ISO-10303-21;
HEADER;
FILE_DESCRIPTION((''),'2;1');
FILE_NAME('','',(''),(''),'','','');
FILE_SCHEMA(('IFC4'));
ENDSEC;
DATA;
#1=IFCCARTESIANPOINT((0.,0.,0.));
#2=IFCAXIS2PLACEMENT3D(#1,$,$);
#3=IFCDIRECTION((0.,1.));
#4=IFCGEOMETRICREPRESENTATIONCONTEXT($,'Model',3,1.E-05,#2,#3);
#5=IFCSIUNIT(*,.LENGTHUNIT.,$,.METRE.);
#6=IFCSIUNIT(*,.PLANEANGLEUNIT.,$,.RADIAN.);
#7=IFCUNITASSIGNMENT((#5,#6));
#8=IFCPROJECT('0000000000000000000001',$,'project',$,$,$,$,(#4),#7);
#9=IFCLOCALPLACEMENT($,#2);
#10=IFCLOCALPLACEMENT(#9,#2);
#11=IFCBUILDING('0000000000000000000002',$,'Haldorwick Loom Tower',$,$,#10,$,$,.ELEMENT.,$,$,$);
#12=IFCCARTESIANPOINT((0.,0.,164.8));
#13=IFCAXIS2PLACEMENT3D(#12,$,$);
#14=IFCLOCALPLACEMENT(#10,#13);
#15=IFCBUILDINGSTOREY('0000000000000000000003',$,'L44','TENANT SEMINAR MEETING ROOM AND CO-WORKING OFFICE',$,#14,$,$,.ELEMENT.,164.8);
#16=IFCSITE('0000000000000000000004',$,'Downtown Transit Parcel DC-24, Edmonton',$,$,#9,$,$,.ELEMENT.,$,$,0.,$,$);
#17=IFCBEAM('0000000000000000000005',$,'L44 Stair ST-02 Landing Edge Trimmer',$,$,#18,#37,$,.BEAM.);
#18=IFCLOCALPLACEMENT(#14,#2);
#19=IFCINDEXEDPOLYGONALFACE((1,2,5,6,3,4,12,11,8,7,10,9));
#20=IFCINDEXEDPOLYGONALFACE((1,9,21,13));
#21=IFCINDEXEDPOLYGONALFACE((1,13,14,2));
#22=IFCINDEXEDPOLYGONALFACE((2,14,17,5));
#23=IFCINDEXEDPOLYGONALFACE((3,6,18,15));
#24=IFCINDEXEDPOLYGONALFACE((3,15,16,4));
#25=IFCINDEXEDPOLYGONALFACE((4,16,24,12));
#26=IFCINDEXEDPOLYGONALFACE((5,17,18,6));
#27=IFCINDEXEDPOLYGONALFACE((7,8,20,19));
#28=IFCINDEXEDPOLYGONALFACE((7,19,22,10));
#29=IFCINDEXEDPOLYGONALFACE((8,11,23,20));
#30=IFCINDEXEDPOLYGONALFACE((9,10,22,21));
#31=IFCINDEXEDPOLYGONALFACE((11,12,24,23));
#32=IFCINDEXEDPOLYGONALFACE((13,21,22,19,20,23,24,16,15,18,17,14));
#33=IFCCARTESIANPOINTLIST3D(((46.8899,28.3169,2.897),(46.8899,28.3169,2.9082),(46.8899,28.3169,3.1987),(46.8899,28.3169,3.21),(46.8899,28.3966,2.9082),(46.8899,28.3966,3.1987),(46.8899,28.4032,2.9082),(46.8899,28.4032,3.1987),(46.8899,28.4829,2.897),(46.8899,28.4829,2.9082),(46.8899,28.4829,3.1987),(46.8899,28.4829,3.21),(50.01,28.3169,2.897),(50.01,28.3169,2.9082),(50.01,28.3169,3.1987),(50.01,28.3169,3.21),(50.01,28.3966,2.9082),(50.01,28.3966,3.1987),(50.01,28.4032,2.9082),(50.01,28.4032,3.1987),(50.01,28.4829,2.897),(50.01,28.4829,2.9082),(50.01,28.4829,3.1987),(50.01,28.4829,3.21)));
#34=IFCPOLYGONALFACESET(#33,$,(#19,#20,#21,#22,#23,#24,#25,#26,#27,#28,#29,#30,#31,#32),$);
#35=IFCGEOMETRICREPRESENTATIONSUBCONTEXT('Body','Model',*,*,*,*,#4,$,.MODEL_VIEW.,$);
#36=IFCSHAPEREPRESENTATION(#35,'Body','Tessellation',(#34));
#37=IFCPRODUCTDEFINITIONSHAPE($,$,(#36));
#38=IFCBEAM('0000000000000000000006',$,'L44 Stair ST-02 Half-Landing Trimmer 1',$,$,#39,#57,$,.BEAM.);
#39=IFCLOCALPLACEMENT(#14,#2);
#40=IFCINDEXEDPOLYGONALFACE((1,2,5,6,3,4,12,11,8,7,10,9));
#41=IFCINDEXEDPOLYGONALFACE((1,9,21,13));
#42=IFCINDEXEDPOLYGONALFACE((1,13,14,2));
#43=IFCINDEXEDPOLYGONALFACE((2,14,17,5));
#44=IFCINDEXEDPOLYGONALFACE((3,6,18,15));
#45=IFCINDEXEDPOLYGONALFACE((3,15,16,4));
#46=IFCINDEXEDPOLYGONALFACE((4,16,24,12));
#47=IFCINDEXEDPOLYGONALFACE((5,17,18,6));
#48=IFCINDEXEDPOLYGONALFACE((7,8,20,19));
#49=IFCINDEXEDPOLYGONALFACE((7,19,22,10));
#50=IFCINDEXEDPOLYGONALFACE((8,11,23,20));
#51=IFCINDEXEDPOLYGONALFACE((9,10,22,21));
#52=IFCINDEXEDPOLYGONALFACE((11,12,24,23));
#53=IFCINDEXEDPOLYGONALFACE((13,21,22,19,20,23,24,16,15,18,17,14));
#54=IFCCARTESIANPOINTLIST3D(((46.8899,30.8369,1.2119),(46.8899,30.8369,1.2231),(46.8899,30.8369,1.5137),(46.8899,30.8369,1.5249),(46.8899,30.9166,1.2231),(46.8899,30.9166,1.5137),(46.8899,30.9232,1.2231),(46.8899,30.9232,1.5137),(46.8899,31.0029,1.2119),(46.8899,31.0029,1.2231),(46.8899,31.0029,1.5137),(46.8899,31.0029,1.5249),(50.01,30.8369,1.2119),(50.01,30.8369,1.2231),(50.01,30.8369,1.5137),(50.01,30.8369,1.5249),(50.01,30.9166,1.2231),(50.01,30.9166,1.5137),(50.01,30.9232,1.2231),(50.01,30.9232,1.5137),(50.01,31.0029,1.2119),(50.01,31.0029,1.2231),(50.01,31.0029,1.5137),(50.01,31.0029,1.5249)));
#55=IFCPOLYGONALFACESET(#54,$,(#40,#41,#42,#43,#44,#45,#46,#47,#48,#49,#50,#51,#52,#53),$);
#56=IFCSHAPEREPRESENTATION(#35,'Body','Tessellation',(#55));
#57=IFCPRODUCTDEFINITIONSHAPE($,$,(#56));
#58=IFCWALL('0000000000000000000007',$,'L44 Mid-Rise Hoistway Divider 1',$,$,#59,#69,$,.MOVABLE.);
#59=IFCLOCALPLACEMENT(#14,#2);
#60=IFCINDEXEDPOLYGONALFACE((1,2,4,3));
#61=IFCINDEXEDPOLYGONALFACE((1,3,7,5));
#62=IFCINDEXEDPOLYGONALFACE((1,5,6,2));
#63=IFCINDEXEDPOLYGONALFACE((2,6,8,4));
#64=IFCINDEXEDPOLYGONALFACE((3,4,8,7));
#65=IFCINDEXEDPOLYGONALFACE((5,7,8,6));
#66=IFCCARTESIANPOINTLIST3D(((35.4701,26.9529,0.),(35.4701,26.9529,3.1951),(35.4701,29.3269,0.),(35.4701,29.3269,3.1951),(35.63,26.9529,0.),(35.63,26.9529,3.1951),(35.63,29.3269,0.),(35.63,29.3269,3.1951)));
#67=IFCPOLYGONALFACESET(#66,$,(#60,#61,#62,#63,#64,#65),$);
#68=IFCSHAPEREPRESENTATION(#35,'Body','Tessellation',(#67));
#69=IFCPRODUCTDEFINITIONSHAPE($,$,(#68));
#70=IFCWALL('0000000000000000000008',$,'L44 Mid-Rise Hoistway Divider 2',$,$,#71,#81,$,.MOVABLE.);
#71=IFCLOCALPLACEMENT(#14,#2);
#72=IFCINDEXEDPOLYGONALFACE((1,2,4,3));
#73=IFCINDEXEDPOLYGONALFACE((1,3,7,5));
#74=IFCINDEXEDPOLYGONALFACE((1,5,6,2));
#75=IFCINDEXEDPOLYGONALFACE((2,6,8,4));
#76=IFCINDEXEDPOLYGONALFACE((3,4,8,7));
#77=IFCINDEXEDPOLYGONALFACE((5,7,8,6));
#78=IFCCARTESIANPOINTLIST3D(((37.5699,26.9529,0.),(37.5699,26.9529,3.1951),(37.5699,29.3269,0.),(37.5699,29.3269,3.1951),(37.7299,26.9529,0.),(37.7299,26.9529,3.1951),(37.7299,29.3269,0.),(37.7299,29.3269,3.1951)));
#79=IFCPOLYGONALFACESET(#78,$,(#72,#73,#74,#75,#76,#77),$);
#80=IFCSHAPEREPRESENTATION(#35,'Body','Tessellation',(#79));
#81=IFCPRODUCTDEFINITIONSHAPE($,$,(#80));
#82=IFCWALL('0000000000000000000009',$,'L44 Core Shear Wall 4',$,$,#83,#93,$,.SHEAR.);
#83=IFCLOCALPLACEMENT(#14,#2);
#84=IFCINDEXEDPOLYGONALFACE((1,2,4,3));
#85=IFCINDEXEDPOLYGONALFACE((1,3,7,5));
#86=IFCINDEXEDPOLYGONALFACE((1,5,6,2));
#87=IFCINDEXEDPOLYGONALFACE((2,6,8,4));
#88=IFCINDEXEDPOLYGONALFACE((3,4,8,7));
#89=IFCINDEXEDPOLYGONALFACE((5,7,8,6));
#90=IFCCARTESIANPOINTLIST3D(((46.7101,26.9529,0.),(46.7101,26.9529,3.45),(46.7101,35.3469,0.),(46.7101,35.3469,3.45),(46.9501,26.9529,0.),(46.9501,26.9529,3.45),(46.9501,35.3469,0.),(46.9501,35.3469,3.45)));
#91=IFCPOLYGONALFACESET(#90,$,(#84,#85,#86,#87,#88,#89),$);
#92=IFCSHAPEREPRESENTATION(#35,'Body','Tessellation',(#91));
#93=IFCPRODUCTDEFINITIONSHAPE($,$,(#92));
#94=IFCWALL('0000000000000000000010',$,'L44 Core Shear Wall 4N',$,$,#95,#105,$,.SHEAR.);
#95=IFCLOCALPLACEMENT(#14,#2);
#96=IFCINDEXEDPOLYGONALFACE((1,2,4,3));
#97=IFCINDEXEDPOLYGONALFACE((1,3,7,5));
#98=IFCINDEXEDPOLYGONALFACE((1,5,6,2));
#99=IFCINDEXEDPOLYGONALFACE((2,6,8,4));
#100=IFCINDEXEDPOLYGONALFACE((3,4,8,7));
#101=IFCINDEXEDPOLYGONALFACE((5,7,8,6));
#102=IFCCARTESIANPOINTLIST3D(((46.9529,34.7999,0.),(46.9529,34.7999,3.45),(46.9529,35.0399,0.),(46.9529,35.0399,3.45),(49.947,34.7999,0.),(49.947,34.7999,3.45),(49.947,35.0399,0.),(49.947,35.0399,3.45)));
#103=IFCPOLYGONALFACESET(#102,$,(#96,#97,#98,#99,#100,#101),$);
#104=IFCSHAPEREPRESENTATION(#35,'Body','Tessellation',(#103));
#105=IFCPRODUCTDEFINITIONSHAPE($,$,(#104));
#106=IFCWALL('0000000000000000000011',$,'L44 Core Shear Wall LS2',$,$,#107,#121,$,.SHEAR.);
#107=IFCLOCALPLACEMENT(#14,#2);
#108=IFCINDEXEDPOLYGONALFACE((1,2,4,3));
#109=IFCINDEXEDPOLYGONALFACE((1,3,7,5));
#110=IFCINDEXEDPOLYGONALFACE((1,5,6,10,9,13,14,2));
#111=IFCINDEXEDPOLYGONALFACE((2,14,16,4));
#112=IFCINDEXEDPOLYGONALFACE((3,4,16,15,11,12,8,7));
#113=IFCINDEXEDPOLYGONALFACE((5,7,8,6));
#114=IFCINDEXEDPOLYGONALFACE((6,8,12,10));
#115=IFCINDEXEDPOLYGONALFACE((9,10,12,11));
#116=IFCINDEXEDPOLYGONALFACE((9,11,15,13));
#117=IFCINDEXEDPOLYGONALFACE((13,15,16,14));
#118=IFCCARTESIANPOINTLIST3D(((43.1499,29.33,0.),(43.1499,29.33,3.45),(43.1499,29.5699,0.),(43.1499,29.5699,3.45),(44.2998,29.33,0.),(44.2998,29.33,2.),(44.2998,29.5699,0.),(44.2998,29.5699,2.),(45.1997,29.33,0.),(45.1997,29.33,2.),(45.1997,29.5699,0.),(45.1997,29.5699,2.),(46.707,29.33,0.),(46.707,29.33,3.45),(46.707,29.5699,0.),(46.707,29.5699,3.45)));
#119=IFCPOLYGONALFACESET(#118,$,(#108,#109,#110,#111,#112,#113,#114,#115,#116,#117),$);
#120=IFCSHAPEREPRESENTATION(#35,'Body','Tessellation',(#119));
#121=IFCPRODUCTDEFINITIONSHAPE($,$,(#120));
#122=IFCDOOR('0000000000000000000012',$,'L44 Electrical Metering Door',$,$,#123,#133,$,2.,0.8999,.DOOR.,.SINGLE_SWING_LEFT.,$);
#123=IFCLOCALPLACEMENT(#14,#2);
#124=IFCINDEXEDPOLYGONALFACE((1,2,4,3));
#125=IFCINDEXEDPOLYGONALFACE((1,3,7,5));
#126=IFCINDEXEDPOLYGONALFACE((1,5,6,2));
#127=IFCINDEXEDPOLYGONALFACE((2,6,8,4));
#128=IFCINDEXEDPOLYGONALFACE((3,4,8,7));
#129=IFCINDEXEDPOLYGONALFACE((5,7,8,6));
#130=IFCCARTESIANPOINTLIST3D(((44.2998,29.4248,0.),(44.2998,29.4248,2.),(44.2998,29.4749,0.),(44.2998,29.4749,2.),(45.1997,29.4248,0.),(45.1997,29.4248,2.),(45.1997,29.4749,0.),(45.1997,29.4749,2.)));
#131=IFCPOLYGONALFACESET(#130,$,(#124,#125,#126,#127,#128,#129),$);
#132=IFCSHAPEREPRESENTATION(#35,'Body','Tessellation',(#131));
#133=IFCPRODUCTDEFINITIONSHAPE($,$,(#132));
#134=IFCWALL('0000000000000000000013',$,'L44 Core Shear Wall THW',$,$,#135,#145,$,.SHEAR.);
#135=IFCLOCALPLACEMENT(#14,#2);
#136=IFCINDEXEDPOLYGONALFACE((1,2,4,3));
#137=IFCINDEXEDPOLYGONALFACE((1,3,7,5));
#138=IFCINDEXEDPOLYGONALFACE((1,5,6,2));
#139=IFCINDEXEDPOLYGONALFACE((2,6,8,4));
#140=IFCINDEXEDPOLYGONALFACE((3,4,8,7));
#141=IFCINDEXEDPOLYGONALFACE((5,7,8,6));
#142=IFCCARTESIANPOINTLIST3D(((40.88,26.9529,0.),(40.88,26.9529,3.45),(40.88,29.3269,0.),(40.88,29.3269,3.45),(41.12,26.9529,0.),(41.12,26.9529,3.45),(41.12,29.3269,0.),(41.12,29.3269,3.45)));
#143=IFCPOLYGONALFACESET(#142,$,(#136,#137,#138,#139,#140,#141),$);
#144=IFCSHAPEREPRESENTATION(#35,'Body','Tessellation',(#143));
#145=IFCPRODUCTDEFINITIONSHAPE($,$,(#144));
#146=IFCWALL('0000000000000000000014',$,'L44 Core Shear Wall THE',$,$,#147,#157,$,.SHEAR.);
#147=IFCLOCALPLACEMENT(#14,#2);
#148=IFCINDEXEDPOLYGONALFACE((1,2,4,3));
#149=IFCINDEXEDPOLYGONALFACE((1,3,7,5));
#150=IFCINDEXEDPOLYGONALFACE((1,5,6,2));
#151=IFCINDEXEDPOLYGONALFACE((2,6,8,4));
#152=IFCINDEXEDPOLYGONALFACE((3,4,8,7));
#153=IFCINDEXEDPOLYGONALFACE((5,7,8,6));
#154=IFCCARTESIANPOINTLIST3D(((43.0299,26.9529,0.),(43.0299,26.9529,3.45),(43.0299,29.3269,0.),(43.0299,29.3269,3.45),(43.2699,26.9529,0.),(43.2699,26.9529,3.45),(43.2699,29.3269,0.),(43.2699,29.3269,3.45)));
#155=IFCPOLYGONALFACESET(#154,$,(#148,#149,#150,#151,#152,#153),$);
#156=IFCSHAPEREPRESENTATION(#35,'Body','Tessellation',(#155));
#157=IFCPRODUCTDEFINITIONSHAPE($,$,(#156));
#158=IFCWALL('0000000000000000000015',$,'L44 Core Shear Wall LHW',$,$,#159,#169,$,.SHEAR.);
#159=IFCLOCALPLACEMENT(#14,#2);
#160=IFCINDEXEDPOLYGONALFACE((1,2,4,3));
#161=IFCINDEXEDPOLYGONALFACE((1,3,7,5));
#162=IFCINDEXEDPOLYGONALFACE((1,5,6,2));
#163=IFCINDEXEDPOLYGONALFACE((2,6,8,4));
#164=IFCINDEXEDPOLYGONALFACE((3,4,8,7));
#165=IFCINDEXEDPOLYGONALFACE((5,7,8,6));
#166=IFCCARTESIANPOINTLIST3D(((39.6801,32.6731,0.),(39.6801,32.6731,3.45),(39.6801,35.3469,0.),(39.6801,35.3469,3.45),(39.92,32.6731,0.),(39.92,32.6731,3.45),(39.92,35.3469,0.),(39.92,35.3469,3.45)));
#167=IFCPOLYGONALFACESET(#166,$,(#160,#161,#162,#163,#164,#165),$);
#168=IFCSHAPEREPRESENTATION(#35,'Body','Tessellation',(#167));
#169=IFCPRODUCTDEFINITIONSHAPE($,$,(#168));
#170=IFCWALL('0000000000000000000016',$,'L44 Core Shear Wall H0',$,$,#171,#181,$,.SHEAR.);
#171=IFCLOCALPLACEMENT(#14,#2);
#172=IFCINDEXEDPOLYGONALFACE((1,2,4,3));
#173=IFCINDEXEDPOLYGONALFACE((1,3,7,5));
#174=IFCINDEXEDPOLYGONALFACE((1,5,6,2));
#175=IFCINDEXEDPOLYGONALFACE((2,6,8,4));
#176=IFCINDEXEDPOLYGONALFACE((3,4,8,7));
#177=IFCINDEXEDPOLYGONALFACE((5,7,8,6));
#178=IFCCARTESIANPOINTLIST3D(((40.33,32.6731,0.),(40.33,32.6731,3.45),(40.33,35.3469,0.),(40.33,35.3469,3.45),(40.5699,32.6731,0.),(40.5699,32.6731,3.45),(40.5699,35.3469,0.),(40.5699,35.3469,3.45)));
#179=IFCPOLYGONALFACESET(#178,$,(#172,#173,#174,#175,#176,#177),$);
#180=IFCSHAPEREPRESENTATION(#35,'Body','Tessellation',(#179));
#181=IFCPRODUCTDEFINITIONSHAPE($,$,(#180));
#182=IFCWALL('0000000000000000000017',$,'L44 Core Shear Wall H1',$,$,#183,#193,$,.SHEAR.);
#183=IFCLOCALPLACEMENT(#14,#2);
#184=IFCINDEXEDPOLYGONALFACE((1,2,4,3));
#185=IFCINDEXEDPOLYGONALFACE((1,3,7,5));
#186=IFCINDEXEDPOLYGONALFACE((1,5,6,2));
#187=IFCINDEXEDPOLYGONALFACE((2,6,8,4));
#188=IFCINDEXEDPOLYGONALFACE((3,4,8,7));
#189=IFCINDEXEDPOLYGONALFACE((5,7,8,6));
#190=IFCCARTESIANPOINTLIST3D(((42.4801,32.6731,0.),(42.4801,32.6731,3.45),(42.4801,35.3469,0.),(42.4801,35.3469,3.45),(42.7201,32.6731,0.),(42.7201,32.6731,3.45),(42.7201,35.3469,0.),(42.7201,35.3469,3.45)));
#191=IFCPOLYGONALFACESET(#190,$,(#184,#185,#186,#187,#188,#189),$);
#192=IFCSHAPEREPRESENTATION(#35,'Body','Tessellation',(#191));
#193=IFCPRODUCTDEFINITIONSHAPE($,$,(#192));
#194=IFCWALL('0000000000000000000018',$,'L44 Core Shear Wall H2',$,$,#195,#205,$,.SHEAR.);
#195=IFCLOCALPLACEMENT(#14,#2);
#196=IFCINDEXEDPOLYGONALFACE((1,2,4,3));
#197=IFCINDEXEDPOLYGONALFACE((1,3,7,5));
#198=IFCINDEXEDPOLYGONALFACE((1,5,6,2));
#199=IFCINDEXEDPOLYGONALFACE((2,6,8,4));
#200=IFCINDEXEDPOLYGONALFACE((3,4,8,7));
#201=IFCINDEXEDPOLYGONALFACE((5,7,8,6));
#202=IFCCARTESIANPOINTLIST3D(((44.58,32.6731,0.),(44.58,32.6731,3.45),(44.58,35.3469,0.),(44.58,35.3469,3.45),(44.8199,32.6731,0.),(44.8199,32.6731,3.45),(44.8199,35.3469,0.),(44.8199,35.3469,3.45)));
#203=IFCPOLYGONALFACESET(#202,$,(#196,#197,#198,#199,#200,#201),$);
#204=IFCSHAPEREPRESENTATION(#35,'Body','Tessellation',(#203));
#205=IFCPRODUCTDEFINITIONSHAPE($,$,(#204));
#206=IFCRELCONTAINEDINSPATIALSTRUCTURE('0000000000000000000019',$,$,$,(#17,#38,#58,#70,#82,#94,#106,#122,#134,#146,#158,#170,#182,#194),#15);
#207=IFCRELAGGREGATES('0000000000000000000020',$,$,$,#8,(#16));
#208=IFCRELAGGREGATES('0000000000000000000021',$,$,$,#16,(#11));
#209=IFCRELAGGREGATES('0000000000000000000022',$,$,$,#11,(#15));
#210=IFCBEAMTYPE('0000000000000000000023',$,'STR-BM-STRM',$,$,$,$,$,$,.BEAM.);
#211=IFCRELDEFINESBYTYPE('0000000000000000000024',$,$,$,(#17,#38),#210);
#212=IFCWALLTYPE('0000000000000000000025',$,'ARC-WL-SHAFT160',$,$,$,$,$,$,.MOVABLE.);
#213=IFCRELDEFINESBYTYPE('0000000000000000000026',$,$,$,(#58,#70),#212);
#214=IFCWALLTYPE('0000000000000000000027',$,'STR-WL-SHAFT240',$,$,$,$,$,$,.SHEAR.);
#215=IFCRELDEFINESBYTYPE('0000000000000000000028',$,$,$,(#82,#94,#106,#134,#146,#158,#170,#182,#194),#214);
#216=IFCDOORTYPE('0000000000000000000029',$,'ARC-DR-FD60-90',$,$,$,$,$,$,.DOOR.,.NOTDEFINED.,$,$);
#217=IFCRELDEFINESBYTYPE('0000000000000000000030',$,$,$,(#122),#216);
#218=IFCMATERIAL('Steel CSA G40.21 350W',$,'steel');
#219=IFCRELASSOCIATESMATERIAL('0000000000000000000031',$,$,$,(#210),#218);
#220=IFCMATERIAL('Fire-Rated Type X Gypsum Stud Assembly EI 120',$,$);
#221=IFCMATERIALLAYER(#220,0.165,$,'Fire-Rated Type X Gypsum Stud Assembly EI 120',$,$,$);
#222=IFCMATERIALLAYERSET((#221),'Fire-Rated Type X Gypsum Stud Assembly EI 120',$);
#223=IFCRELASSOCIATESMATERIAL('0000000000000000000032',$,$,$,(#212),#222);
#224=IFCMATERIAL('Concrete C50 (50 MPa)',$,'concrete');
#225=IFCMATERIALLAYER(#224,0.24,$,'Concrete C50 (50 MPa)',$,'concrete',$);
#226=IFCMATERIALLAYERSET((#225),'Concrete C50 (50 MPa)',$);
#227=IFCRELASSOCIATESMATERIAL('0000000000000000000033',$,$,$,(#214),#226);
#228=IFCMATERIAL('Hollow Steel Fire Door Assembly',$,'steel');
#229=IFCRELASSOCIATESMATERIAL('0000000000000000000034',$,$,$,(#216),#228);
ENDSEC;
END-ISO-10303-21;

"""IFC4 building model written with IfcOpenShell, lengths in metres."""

from ifc_helpers import new_model, si_unit, direction, frame, frame_2d, origin, origin_2d, place, context, subcontext, project, spatial, rectangle, i_section, extrude, material, layer, layer_set, material_profile, profile_set, type_object, element, fill, save


model = new_model("IFC4")

# Units and contexts
model_context = context("Model", 3, precision=1e-05, world=origin(), true_north=direction((0.0, 1.0)))
body_context = subcontext(model_context, "Body", "Model", "MODEL_VIEW")
ifc_project = project(units=[si_unit("LENGTHUNIT", "METRE"), si_unit("PLANEANGLEUNIT", "RADIAN")], contexts=[model_context])

# Site, building, storey
site_placement = place(None, origin())
site = spatial("IfcSite", under=ifc_project, at=site_placement, Name="Downtown Transit Parcel DC-24, Edmonton", CompositionType="ELEMENT", RefElevation=0.0)
building_placement = place(site_placement, origin())
building = spatial("IfcBuilding", under=site, at=building_placement, Name="Haldorwick Loom Tower", CompositionType="ELEMENT")
storey_placement = place(building_placement, frame((0.0, 0.0, 164.8)))
storey = spatial("IfcBuildingStorey", under=building, at=storey_placement, Name="L44", Description="TENANT SEMINAR MEETING ROOM AND CO-WORKING OFFICE", CompositionType="ELEMENT", Elevation=164.8)

# Beams
ifc_material_1 = material(Name="Steel CSA G40.21 350W", Category="steel")
ifc_material_profile_1 = material_profile(ifc_material_1, i_section(OverallWidth=0.166, OverallDepth=0.313, WebThickness=0.0066, FlangeThickness=0.0112, at=origin_2d()), Name="W310X45", Category="steel")
ifc_profile_set_1 = profile_set([ifc_material_profile_1], Name="Steel CSA G40.21 350W")
beam_type_1 = type_object("IfcBeamType", Name="STR-BM-STRM", PredefinedType="BEAM", material=ifc_profile_set_1)
for number, where, z_axis, x_axis, name in (
    (1, (46.8899, 28.3999, 3.0535), (1.0, 0.0, 0.0), (0.0, 1.0, 0.0), "L44 Stair ST-02 Landing Edge Trimmer"),
    (2, (46.8899, 30.9199, 1.3684), (1.0, 0.0, 0.0), (0.0, 1.0, 0.0), "L44 Stair ST-02 Half-Landing Trimmer 1"),
):
    element("IfcBeam", number, at=place(storey_placement, frame(where, z_axis=z_axis, x_axis=x_axis)), inside=storey, type_object=beam_type_1, Name=name, PredefinedType="BEAM", context=body_context, shape_type="SweptSolid", body=[
        extrude(i_section(OverallWidth=0.166, OverallDepth=0.313, WebThickness=0.0066, FlangeThickness=0.0112, at=origin_2d()), origin(), (0.0, 0.0, 1.0), 3.1201),
    ])

# Walls
ifc_material_2 = material(Name="Fire-Rated Type X Gypsum Stud Assembly EI 120")
ifc_layer_1 = layer(ifc_material_2, 0.165, Name="Fire-Rated Type X Gypsum Stud Assembly EI 120")
ifc_layer_set_1 = layer_set([ifc_layer_1], Name="Fire-Rated Type X Gypsum Stud Assembly EI 120")
wall_type_1 = type_object("IfcWallType", Name="ARC-WL-SHAFT160", PredefinedType="MOVABLE", material=ifc_layer_set_1)
for number, where, z_axis, x_axis, name in (
    (3, (35.55, 26.9529, 0.0), (0.0, 0.0, 1.0), (0.0, 1.0, 0.0), "L44 Mid-Rise Hoistway Divider 1"),
    (4, (37.6499, 26.9529, 0.0), (0.0, 0.0, 1.0), (0.0, 1.0, 0.0), "L44 Mid-Rise Hoistway Divider 2"),
):
    element("IfcWall", number, at=place(storey_placement, frame(where, z_axis=z_axis, x_axis=x_axis)), inside=storey, type_object=wall_type_1, Name=name, PredefinedType="MOVABLE", context=body_context, shape_type="SweptSolid", body=[
        extrude(rectangle(XDim=2.374, YDim=0.1599, at=frame_2d((1.187, 0.0))), origin(), (0.0, 0.0, 1.0), 3.1951),
    ])
ifc_material_3 = material(Name="Concrete C50 (50 MPa)", Category="concrete")
ifc_layer_2 = layer(ifc_material_3, 0.24, Name="Concrete C50 (50 MPa)", Category="concrete")
ifc_layer_set_2 = layer_set([ifc_layer_2], Name="Concrete C50 (50 MPa)")
wall_type_2 = type_object("IfcWallType", Name="STR-WL-SHAFT240", PredefinedType="SHEAR", material=ifc_layer_set_2)
wall_1_placement = place(storey_placement, frame((46.8301, 26.9529, 0.0), z_axis=(0.0, 0.0, 1.0), x_axis=(0.0, 1.0, 0.0)))
element("IfcWall", 5, at=wall_1_placement, inside=storey, type_object=wall_type_2, Name="L44 Core Shear Wall 4", PredefinedType="SHEAR", context=body_context, shape_type="SweptSolid", body=[
    extrude(rectangle(XDim=8.394, YDim=0.24, at=frame_2d((4.197, 0.0))), origin(), (0.0, 0.0, 1.0), 3.45),
])
wall_2_placement = place(storey_placement, frame((46.9529, 34.9199, 0.0), z_axis=(0.0, 0.0, 1.0), x_axis=(1.0, 0.0, 0.0)))
element("IfcWall", 6, at=wall_2_placement, inside=storey, type_object=wall_type_2, Name="L44 Core Shear Wall 4N", PredefinedType="SHEAR", context=body_context, shape_type="SweptSolid", body=[
    extrude(rectangle(XDim=2.9941, YDim=0.24, at=frame_2d((1.4971, 0.0))), origin(), (0.0, 0.0, 1.0), 3.45),
])

# Wall, opening, door
wall_3_placement = place(storey_placement, frame((43.1499, 29.45, 0.0), z_axis=(0.0, 0.0, 1.0), x_axis=(1.0, 0.0, 0.0)))
wall_3 = element("IfcWall", 7, at=wall_3_placement, inside=storey, type_object=wall_type_2, Name="L44 Core Shear Wall LS2", PredefinedType="SHEAR", context=body_context, shape_type="SweptSolid", body=[
    extrude(rectangle(XDim=3.5571, YDim=0.24, at=frame_2d((1.7786, 0.0))), origin(), (0.0, 0.0, 1.0), 3.45),
])
opening_placement = place(wall_3_placement, frame((1.1499, 0.0, 0.0)))
opening = element("IfcOpeningElement", 8, at=opening_placement, cuts=wall_3, PredefinedType="OPENING", context=body_context, shape_type="SweptSolid", body=[
    extrude(rectangle(XDim=0.8999, YDim=2.0, at=frame_2d((0.45, 1.0))), frame((0.0, 0.1299, 0.0), z_axis=(0.0, -1.0, 0.0), x_axis=(1.0, 0.0, 0.0)), (0.0, 0.0, 1.0), 0.26),
])
ifc_material_4 = material(Name="Hollow Steel Fire Door Assembly", Category="steel")
door_type = type_object("IfcDoorType", Name="ARC-DR-FD60-90", OperationType="NOTDEFINED", PredefinedType="DOOR", material=ifc_material_4)
door_placement = place(opening_placement, origin())
door = element("IfcDoor", 9, at=door_placement, inside=storey, type_object=door_type, Name="L44 Electrical Metering Door", OperationType="SINGLE_SWING_LEFT", OverallHeight=2.0, OverallWidth=0.8999, PredefinedType="DOOR", context=body_context, shape_type="SweptSolid", body=[
    extrude(rectangle(XDim=0.8999, YDim=2.0, at=frame_2d((0.45, 1.0))), frame((0.0, 0.0249, 0.0), z_axis=(0.0, -1.0, 0.0), x_axis=(1.0, 0.0, 0.0)), (0.0, 0.0, 1.0), 0.05),
])
fill(opening, door)

# Walls
for number, where, z_axis, x_axis, name in (
    (10, (41.0, 26.9529, 0.0), (0.0, 0.0, 1.0), (0.0, 1.0, 0.0), "L44 Core Shear Wall THW"),
    (11, (43.1499, 26.9529, 0.0), (0.0, 0.0, 1.0), (0.0, 1.0, 0.0), "L44 Core Shear Wall THE"),
):
    element("IfcWall", number, at=place(storey_placement, frame(where, z_axis=z_axis, x_axis=x_axis)), inside=storey, type_object=wall_type_2, Name=name, PredefinedType="SHEAR", context=body_context, shape_type="SweptSolid", body=[
        extrude(rectangle(XDim=2.374, YDim=0.24, at=frame_2d((1.187, 0.0))), origin(), (0.0, 0.0, 1.0), 3.45),
    ])
for number, where, z_axis, x_axis, name in (
    (12, (39.8, 32.6731, 0.0), (0.0, 0.0, 1.0), (0.0, 1.0, 0.0), "L44 Core Shear Wall LHW"),
    (13, (40.45, 32.6731, 0.0), (0.0, 0.0, 1.0), (0.0, 1.0, 0.0), "L44 Core Shear Wall H0"),
    (14, (42.6001, 32.6731, 0.0), (0.0, 0.0, 1.0), (0.0, 1.0, 0.0), "L44 Core Shear Wall H1"),
    (15, (44.7, 32.6731, 0.0), (0.0, 0.0, 1.0), (0.0, 1.0, 0.0), "L44 Core Shear Wall H2"),
):
    element("IfcWall", number, at=place(storey_placement, frame(where, z_axis=z_axis, x_axis=x_axis)), inside=storey, type_object=wall_type_2, Name=name, PredefinedType="SHEAR", context=body_context, shape_type="SweptSolid", body=[
        extrude(rectangle(XDim=2.6738, YDim=0.24, at=frame_2d((1.3369, 0.0))), origin(), (0.0, 0.0, 1.0), 3.45),
    ])

save(model, "model.ifc")
